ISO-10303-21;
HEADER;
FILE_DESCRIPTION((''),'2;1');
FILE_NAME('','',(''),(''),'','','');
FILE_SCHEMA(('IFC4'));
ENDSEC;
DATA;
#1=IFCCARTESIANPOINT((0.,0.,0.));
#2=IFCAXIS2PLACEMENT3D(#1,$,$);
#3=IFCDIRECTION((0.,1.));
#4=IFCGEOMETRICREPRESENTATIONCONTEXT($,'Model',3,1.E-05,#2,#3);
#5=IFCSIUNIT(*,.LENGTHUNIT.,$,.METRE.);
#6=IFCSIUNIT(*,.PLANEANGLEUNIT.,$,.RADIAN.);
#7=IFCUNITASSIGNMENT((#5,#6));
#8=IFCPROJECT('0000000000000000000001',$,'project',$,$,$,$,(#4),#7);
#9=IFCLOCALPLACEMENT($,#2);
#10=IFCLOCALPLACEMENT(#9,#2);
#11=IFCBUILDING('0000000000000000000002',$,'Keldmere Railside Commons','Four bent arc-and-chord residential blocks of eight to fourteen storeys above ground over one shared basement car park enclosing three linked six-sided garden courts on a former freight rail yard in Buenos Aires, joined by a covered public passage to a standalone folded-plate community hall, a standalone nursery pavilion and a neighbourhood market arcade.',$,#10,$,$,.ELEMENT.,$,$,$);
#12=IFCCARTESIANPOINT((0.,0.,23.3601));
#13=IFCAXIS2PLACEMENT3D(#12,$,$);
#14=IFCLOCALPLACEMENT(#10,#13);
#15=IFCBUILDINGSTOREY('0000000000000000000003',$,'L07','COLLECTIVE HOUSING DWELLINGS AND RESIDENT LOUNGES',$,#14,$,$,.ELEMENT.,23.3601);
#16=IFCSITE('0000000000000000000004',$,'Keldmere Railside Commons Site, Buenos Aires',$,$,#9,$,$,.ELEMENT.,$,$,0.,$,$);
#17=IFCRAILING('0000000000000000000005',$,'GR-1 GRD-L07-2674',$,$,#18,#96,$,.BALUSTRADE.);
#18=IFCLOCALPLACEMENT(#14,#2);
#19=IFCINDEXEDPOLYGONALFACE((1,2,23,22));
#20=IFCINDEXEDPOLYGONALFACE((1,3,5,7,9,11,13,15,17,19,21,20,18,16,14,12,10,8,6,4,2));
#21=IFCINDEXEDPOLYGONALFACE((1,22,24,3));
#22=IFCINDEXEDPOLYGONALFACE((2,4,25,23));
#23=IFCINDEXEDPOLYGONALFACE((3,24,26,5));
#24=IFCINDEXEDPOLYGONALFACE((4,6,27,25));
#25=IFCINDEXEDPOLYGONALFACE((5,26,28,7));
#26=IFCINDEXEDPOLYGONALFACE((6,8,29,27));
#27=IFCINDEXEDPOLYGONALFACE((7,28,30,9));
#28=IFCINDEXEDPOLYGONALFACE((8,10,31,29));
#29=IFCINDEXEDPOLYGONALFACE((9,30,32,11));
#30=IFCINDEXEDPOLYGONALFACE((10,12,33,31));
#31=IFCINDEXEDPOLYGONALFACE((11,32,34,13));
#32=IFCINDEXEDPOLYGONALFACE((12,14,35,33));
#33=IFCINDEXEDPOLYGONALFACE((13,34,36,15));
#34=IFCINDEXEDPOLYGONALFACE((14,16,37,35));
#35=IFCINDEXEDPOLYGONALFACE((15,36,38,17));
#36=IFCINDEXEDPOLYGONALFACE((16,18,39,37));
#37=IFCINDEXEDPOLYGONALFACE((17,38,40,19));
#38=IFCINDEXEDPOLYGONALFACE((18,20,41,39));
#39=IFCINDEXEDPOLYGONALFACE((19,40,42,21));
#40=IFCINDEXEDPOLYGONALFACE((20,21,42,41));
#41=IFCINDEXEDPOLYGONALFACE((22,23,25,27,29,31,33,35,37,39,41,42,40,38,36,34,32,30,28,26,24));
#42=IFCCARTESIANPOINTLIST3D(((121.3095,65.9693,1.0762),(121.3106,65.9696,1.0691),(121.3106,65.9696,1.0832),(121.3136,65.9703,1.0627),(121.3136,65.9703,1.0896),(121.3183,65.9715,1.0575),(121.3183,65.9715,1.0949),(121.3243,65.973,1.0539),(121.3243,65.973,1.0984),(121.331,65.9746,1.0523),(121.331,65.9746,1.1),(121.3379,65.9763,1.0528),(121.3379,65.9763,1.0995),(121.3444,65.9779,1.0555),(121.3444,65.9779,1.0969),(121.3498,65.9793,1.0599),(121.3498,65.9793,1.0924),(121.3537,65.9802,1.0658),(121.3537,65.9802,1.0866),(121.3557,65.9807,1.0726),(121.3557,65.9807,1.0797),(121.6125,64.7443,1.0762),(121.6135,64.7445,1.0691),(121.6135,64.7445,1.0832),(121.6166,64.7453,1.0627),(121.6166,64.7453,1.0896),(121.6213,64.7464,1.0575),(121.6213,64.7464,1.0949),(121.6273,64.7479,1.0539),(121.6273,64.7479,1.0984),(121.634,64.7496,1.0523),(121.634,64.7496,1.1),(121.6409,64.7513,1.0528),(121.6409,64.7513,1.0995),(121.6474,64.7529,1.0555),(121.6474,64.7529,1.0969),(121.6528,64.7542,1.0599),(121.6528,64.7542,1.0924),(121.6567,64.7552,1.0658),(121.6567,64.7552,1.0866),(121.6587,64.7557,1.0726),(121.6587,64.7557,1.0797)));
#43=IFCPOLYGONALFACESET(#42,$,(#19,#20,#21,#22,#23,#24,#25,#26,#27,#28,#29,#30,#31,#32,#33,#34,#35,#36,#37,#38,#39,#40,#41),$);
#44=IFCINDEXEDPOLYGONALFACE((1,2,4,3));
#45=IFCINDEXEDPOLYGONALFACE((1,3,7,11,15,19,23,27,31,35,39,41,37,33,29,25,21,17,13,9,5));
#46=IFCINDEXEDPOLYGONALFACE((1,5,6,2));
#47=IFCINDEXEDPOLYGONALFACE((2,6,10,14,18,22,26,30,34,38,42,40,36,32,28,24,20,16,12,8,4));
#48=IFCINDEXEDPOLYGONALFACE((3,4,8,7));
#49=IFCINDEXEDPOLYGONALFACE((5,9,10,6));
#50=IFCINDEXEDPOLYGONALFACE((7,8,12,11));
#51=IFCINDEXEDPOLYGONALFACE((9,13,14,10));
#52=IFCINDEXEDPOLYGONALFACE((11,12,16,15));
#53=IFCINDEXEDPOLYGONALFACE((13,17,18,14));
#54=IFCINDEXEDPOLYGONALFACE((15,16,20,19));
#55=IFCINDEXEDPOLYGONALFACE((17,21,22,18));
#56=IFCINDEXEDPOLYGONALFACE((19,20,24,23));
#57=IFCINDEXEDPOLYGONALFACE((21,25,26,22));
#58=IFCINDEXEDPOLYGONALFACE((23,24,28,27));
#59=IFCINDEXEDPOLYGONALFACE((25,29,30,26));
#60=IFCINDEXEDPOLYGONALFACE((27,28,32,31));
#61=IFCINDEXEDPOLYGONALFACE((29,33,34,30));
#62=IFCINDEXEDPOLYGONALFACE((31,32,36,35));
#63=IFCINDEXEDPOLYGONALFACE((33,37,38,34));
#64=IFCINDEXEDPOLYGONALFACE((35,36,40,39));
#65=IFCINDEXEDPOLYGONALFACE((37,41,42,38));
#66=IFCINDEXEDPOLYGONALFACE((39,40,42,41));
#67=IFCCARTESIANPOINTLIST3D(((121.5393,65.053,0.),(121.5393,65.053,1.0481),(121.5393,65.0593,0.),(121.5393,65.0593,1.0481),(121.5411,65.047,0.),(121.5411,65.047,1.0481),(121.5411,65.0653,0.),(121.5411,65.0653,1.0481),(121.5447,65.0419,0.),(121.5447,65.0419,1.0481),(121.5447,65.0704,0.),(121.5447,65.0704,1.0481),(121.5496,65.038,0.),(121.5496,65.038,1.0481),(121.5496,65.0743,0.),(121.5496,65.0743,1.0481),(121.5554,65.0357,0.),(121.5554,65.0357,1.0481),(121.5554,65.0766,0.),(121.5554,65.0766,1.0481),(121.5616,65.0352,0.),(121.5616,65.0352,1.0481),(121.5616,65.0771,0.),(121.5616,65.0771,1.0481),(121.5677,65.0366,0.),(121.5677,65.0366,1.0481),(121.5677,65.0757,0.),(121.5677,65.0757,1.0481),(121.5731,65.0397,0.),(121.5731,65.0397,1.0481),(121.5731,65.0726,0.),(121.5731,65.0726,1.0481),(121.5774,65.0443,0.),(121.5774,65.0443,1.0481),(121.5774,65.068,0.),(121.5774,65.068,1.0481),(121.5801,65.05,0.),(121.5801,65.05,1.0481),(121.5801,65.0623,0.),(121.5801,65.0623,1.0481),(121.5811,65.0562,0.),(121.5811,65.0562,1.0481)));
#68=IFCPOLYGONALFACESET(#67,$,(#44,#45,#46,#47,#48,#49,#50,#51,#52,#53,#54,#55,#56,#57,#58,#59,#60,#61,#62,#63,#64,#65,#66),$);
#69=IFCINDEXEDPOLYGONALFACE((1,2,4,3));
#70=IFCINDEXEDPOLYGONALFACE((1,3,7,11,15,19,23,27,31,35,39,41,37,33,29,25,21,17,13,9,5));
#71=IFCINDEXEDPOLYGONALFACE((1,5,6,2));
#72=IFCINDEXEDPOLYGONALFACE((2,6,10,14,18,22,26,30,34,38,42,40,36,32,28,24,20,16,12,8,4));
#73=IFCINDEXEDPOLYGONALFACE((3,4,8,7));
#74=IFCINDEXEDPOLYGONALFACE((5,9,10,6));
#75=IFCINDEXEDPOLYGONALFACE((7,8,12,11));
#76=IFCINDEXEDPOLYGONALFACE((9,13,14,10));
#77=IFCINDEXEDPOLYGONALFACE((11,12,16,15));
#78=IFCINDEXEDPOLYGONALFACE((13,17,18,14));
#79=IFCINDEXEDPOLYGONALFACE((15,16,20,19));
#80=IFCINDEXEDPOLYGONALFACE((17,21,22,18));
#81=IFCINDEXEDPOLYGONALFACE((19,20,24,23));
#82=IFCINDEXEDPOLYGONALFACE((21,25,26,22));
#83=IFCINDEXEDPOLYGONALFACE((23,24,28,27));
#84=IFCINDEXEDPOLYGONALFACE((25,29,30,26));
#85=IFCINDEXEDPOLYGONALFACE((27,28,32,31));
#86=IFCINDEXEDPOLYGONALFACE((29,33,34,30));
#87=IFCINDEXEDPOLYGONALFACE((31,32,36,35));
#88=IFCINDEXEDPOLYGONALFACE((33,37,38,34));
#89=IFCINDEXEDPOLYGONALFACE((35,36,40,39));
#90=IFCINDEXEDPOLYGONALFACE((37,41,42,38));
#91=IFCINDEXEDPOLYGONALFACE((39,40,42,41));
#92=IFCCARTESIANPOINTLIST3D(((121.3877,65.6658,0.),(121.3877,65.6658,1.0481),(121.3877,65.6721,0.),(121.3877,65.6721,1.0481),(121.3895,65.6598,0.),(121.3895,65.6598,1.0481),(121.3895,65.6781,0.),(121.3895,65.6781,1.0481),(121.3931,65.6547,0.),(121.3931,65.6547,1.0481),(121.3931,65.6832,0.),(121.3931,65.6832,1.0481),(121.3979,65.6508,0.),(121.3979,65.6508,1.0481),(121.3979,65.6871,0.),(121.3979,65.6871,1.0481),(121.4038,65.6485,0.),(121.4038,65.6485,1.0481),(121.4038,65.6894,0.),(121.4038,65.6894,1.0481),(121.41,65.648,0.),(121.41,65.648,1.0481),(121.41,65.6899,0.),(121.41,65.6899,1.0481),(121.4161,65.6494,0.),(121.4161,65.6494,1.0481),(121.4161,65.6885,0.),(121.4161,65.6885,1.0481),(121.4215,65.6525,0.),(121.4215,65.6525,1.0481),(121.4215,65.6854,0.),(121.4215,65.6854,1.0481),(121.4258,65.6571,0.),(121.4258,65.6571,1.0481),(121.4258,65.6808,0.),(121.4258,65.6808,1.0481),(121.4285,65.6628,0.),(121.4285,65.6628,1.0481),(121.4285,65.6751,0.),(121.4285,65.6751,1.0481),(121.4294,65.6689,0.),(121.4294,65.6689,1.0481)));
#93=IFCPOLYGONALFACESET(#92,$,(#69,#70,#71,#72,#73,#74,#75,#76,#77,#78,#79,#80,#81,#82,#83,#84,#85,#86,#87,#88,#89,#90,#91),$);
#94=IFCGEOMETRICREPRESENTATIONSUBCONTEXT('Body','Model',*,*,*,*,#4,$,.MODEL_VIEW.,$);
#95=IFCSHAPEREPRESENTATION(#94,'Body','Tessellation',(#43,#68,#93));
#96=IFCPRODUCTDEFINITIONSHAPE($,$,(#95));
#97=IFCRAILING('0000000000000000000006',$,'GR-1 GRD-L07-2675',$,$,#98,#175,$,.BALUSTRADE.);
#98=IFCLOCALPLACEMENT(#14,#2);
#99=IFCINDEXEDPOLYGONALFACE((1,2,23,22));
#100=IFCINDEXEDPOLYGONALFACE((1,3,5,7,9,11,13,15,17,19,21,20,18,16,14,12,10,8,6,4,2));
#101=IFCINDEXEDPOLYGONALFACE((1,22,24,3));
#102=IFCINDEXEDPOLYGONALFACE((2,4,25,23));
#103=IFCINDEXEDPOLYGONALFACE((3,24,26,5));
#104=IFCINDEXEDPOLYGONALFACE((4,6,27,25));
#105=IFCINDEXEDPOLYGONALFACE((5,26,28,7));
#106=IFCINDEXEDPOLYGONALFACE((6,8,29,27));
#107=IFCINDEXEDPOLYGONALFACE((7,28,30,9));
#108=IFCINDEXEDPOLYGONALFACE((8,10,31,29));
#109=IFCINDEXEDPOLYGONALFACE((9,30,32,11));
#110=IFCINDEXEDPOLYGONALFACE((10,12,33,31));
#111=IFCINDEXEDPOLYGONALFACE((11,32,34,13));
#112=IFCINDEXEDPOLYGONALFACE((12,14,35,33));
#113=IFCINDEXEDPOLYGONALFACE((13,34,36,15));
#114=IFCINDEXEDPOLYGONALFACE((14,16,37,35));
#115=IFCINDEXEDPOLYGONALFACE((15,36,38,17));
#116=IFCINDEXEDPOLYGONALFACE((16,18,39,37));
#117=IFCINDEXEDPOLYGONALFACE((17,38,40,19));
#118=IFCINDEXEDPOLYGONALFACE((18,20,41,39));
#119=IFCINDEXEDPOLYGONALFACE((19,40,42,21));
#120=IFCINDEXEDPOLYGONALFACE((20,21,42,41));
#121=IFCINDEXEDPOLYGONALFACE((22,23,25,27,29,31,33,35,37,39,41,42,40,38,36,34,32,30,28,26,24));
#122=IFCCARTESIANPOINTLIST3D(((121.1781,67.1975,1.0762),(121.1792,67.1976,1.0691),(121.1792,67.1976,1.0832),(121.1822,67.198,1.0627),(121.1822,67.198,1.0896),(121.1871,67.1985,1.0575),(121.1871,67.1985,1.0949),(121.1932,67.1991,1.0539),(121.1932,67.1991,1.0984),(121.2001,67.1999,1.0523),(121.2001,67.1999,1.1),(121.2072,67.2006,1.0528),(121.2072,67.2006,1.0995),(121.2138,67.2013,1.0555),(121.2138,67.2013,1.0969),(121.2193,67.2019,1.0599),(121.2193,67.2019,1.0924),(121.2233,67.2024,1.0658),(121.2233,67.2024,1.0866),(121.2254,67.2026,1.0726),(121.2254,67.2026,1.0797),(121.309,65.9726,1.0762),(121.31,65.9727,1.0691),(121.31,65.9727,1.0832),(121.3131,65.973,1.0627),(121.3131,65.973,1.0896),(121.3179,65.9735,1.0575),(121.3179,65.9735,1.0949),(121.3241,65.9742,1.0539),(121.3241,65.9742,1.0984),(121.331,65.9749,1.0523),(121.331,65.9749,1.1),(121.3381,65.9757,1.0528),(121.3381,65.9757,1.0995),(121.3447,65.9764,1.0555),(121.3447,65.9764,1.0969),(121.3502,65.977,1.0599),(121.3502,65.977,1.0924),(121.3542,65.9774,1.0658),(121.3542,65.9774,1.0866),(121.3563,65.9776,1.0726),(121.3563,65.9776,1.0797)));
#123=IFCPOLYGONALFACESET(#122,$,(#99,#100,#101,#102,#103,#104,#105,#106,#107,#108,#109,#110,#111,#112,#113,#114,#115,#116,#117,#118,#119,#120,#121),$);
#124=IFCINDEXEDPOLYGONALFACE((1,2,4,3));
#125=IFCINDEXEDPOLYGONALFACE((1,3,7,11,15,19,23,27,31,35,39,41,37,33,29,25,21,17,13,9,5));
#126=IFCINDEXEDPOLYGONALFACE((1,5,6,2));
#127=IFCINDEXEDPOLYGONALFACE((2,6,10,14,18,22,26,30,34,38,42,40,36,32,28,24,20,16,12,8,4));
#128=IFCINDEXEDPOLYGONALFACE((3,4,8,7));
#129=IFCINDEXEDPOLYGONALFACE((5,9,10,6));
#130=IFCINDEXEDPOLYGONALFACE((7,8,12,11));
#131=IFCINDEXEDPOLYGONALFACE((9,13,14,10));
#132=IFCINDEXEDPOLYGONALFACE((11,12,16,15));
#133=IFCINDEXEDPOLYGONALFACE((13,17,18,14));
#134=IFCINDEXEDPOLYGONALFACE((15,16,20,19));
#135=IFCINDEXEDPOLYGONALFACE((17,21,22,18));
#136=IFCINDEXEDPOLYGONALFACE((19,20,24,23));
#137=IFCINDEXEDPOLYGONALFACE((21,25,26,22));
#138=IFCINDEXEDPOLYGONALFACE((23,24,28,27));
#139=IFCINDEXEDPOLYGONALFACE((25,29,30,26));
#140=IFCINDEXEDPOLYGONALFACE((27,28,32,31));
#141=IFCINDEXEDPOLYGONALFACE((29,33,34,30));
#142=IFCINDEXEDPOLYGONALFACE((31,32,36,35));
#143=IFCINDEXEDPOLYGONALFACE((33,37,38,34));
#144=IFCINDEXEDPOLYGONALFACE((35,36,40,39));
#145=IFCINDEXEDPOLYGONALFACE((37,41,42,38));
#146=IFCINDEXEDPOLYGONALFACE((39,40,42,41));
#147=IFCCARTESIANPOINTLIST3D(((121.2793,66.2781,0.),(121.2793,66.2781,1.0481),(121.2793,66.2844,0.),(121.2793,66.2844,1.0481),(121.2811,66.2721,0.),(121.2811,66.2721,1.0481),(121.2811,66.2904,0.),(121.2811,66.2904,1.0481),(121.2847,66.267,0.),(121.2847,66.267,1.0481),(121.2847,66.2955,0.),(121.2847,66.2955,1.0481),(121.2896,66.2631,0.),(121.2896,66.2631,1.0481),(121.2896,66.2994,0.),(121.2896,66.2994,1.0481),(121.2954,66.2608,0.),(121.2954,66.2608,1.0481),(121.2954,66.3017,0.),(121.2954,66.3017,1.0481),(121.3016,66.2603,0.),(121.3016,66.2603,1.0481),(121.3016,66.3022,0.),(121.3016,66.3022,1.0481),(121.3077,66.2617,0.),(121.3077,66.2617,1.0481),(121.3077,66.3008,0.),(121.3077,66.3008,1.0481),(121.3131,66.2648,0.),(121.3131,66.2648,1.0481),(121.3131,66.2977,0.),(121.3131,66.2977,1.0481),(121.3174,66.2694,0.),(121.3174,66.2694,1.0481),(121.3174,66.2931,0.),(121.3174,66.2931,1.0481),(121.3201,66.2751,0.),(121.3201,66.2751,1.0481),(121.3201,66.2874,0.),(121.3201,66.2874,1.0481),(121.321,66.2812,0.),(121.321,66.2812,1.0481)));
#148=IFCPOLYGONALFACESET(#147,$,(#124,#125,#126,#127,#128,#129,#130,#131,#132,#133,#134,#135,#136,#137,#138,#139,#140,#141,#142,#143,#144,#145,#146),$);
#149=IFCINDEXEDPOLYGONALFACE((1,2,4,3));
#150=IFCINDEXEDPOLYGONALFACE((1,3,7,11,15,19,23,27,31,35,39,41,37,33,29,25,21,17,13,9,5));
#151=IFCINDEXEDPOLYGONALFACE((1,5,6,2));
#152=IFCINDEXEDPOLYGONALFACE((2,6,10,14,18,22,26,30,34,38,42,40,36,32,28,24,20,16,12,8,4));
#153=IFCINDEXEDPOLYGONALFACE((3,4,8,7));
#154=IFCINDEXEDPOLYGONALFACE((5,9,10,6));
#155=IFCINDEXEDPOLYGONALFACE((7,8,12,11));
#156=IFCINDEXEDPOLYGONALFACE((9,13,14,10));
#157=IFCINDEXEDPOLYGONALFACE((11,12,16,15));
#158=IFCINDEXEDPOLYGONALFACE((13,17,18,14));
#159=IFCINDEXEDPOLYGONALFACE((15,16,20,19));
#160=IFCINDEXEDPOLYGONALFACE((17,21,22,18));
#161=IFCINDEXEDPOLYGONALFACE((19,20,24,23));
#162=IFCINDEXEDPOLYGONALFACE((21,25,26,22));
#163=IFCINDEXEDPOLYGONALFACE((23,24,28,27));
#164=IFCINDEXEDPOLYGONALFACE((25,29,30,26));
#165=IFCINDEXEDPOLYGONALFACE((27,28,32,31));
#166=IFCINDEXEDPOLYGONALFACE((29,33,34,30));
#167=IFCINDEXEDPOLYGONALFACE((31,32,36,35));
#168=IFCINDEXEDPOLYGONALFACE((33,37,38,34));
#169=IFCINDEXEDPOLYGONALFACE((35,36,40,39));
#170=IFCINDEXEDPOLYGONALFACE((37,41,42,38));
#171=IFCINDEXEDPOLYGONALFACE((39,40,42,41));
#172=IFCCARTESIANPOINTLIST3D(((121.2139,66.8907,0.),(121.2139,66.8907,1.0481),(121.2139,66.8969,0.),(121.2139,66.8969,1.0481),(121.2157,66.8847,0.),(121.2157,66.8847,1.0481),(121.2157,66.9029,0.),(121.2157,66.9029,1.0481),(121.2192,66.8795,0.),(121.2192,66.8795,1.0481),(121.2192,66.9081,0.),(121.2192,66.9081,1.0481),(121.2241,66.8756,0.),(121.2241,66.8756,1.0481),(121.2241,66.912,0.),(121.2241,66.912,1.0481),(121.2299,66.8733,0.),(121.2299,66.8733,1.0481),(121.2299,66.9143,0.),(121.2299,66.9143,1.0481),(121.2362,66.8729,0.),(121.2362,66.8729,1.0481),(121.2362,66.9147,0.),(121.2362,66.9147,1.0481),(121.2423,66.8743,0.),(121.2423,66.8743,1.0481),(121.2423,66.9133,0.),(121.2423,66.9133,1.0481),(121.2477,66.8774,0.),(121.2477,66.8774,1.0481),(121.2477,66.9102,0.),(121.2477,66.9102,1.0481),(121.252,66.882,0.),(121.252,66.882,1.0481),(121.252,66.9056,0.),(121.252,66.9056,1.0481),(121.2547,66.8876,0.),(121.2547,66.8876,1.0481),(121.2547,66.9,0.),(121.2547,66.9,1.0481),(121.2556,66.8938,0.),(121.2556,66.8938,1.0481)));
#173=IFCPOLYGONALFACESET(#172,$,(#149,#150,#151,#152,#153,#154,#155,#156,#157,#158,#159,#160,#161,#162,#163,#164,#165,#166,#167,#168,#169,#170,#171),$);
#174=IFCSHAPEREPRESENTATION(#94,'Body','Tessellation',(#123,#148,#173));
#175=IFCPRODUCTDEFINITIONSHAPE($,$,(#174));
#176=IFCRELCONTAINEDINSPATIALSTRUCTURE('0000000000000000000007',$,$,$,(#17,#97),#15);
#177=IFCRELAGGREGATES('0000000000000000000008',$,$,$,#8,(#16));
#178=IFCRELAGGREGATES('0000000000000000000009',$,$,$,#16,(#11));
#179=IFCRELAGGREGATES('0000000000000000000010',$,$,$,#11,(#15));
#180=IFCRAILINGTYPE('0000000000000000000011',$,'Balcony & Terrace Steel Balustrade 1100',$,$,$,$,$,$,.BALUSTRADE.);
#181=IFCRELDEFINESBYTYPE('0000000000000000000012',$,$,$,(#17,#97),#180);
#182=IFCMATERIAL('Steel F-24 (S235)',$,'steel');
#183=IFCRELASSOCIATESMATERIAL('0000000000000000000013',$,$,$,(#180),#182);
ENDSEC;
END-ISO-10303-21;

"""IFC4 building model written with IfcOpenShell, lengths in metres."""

from ifc_helpers import new_model, si_unit, direction, frame, origin, origin_2d, place, context, subcontext, project, spatial, circle, extrude, material, type_object, element, save


model = new_model("IFC4")

# Units and contexts
model_context = context("Model", 3, precision=1e-05, world=origin(), true_north=direction((0.0, 1.0)))
body_context = subcontext(model_context, "Body", "Model", "MODEL_VIEW")
ifc_project = project(units=[si_unit("LENGTHUNIT", "METRE"), si_unit("PLANEANGLEUNIT", "RADIAN")], contexts=[model_context])

# Site, building, storey
site_placement = place(None, origin())
site = spatial("IfcSite", under=ifc_project, at=site_placement, Name="Keldmere Railside Commons Site, Buenos Aires", CompositionType="ELEMENT", RefElevation=0.0)
building_placement = place(site_placement, origin())
building = spatial("IfcBuilding", under=site, at=building_placement, Name="Keldmere Railside Commons", Description="Four bent arc-and-chord residential blocks of eight to fourteen storeys above ground over one shared basement car park enclosing three linked six-sided garden courts on a former freight rail yard in Buenos Aires, joined by a covered public passage to a standalone folded-plate community hall, a standalone nursery pavilion and a neighbourhood market arcade.", CompositionType="ELEMENT")
storey_placement = place(building_placement, frame((0.0, 0.0, 23.3601)))
storey = spatial("IfcBuildingStorey", under=building, at=storey_placement, Name="L07", Description="COLLECTIVE HOUSING DWELLINGS AND RESIDENT LOUNGES", CompositionType="ELEMENT", Elevation=23.3601)

# Railings
ifc_material_1 = material(Name="Steel F-24 (S235)", Category="steel")
railing_type_1 = type_object("IfcRailingType", Name="Balcony & Terrace Steel Balustrade 1100", PredefinedType="BALUSTRADE", material=ifc_material_1)
railing_1_placement = place(storey_placement, frame((121.6357, 64.75, 0.0)))
element("IfcRailing", 1, at=railing_1_placement, inside=storey, type_object=railing_type_1, Name="GR-1 GRD-L07-2674", PredefinedType="BALUSTRADE", context=body_context, shape_type="SweptSolid", body=[
    extrude(circle(Radius=0.0239, at=origin_2d()), frame((0.0, 0.0, 1.0762), z_axis=(-0.240077, 0.970754, 0.0), x_axis=(-0.970754, -0.240077, 0.0)), (0.0, 0.0, 1.0), 1.262),
    extrude(circle(Radius=0.021, at=origin_2d()), frame((-0.0757, 0.3062, 0.0)), (0.0, 0.0, 1.0), 1.0481),
    extrude(circle(Radius=0.021, at=origin_2d()), frame((-0.2273, 0.9189, 0.0)), (0.0, 0.0, 1.0), 1.0481),
])
railing_2_placement = place(storey_placement, frame((121.3328, 65.9751, 0.0)))
element("IfcRailing", 2, at=railing_2_placement, inside=storey, type_object=railing_type_1, Name="GR-1 GRD-L07-2675", PredefinedType="BALUSTRADE", context=body_context, shape_type="SweptSolid", body=[
    extrude(circle(Radius=0.0239, at=origin_2d()), frame((0.0, 0.0, 1.0762), z_axis=(-0.106232, 0.994341, 0.0), x_axis=(-0.994341, -0.106232, 0.0)), (0.0, 0.0, 1.0), 1.2319),
    extrude(circle(Radius=0.021, at=origin_2d()), frame((-0.0327, 0.3062, 0.0)), (0.0, 0.0, 1.0), 1.0481),
    extrude(circle(Radius=0.021, at=origin_2d()), frame((-0.0981, 0.9187, 0.0)), (0.0, 0.0, 1.0), 1.0481),
])

save(model, "model.ifc")
